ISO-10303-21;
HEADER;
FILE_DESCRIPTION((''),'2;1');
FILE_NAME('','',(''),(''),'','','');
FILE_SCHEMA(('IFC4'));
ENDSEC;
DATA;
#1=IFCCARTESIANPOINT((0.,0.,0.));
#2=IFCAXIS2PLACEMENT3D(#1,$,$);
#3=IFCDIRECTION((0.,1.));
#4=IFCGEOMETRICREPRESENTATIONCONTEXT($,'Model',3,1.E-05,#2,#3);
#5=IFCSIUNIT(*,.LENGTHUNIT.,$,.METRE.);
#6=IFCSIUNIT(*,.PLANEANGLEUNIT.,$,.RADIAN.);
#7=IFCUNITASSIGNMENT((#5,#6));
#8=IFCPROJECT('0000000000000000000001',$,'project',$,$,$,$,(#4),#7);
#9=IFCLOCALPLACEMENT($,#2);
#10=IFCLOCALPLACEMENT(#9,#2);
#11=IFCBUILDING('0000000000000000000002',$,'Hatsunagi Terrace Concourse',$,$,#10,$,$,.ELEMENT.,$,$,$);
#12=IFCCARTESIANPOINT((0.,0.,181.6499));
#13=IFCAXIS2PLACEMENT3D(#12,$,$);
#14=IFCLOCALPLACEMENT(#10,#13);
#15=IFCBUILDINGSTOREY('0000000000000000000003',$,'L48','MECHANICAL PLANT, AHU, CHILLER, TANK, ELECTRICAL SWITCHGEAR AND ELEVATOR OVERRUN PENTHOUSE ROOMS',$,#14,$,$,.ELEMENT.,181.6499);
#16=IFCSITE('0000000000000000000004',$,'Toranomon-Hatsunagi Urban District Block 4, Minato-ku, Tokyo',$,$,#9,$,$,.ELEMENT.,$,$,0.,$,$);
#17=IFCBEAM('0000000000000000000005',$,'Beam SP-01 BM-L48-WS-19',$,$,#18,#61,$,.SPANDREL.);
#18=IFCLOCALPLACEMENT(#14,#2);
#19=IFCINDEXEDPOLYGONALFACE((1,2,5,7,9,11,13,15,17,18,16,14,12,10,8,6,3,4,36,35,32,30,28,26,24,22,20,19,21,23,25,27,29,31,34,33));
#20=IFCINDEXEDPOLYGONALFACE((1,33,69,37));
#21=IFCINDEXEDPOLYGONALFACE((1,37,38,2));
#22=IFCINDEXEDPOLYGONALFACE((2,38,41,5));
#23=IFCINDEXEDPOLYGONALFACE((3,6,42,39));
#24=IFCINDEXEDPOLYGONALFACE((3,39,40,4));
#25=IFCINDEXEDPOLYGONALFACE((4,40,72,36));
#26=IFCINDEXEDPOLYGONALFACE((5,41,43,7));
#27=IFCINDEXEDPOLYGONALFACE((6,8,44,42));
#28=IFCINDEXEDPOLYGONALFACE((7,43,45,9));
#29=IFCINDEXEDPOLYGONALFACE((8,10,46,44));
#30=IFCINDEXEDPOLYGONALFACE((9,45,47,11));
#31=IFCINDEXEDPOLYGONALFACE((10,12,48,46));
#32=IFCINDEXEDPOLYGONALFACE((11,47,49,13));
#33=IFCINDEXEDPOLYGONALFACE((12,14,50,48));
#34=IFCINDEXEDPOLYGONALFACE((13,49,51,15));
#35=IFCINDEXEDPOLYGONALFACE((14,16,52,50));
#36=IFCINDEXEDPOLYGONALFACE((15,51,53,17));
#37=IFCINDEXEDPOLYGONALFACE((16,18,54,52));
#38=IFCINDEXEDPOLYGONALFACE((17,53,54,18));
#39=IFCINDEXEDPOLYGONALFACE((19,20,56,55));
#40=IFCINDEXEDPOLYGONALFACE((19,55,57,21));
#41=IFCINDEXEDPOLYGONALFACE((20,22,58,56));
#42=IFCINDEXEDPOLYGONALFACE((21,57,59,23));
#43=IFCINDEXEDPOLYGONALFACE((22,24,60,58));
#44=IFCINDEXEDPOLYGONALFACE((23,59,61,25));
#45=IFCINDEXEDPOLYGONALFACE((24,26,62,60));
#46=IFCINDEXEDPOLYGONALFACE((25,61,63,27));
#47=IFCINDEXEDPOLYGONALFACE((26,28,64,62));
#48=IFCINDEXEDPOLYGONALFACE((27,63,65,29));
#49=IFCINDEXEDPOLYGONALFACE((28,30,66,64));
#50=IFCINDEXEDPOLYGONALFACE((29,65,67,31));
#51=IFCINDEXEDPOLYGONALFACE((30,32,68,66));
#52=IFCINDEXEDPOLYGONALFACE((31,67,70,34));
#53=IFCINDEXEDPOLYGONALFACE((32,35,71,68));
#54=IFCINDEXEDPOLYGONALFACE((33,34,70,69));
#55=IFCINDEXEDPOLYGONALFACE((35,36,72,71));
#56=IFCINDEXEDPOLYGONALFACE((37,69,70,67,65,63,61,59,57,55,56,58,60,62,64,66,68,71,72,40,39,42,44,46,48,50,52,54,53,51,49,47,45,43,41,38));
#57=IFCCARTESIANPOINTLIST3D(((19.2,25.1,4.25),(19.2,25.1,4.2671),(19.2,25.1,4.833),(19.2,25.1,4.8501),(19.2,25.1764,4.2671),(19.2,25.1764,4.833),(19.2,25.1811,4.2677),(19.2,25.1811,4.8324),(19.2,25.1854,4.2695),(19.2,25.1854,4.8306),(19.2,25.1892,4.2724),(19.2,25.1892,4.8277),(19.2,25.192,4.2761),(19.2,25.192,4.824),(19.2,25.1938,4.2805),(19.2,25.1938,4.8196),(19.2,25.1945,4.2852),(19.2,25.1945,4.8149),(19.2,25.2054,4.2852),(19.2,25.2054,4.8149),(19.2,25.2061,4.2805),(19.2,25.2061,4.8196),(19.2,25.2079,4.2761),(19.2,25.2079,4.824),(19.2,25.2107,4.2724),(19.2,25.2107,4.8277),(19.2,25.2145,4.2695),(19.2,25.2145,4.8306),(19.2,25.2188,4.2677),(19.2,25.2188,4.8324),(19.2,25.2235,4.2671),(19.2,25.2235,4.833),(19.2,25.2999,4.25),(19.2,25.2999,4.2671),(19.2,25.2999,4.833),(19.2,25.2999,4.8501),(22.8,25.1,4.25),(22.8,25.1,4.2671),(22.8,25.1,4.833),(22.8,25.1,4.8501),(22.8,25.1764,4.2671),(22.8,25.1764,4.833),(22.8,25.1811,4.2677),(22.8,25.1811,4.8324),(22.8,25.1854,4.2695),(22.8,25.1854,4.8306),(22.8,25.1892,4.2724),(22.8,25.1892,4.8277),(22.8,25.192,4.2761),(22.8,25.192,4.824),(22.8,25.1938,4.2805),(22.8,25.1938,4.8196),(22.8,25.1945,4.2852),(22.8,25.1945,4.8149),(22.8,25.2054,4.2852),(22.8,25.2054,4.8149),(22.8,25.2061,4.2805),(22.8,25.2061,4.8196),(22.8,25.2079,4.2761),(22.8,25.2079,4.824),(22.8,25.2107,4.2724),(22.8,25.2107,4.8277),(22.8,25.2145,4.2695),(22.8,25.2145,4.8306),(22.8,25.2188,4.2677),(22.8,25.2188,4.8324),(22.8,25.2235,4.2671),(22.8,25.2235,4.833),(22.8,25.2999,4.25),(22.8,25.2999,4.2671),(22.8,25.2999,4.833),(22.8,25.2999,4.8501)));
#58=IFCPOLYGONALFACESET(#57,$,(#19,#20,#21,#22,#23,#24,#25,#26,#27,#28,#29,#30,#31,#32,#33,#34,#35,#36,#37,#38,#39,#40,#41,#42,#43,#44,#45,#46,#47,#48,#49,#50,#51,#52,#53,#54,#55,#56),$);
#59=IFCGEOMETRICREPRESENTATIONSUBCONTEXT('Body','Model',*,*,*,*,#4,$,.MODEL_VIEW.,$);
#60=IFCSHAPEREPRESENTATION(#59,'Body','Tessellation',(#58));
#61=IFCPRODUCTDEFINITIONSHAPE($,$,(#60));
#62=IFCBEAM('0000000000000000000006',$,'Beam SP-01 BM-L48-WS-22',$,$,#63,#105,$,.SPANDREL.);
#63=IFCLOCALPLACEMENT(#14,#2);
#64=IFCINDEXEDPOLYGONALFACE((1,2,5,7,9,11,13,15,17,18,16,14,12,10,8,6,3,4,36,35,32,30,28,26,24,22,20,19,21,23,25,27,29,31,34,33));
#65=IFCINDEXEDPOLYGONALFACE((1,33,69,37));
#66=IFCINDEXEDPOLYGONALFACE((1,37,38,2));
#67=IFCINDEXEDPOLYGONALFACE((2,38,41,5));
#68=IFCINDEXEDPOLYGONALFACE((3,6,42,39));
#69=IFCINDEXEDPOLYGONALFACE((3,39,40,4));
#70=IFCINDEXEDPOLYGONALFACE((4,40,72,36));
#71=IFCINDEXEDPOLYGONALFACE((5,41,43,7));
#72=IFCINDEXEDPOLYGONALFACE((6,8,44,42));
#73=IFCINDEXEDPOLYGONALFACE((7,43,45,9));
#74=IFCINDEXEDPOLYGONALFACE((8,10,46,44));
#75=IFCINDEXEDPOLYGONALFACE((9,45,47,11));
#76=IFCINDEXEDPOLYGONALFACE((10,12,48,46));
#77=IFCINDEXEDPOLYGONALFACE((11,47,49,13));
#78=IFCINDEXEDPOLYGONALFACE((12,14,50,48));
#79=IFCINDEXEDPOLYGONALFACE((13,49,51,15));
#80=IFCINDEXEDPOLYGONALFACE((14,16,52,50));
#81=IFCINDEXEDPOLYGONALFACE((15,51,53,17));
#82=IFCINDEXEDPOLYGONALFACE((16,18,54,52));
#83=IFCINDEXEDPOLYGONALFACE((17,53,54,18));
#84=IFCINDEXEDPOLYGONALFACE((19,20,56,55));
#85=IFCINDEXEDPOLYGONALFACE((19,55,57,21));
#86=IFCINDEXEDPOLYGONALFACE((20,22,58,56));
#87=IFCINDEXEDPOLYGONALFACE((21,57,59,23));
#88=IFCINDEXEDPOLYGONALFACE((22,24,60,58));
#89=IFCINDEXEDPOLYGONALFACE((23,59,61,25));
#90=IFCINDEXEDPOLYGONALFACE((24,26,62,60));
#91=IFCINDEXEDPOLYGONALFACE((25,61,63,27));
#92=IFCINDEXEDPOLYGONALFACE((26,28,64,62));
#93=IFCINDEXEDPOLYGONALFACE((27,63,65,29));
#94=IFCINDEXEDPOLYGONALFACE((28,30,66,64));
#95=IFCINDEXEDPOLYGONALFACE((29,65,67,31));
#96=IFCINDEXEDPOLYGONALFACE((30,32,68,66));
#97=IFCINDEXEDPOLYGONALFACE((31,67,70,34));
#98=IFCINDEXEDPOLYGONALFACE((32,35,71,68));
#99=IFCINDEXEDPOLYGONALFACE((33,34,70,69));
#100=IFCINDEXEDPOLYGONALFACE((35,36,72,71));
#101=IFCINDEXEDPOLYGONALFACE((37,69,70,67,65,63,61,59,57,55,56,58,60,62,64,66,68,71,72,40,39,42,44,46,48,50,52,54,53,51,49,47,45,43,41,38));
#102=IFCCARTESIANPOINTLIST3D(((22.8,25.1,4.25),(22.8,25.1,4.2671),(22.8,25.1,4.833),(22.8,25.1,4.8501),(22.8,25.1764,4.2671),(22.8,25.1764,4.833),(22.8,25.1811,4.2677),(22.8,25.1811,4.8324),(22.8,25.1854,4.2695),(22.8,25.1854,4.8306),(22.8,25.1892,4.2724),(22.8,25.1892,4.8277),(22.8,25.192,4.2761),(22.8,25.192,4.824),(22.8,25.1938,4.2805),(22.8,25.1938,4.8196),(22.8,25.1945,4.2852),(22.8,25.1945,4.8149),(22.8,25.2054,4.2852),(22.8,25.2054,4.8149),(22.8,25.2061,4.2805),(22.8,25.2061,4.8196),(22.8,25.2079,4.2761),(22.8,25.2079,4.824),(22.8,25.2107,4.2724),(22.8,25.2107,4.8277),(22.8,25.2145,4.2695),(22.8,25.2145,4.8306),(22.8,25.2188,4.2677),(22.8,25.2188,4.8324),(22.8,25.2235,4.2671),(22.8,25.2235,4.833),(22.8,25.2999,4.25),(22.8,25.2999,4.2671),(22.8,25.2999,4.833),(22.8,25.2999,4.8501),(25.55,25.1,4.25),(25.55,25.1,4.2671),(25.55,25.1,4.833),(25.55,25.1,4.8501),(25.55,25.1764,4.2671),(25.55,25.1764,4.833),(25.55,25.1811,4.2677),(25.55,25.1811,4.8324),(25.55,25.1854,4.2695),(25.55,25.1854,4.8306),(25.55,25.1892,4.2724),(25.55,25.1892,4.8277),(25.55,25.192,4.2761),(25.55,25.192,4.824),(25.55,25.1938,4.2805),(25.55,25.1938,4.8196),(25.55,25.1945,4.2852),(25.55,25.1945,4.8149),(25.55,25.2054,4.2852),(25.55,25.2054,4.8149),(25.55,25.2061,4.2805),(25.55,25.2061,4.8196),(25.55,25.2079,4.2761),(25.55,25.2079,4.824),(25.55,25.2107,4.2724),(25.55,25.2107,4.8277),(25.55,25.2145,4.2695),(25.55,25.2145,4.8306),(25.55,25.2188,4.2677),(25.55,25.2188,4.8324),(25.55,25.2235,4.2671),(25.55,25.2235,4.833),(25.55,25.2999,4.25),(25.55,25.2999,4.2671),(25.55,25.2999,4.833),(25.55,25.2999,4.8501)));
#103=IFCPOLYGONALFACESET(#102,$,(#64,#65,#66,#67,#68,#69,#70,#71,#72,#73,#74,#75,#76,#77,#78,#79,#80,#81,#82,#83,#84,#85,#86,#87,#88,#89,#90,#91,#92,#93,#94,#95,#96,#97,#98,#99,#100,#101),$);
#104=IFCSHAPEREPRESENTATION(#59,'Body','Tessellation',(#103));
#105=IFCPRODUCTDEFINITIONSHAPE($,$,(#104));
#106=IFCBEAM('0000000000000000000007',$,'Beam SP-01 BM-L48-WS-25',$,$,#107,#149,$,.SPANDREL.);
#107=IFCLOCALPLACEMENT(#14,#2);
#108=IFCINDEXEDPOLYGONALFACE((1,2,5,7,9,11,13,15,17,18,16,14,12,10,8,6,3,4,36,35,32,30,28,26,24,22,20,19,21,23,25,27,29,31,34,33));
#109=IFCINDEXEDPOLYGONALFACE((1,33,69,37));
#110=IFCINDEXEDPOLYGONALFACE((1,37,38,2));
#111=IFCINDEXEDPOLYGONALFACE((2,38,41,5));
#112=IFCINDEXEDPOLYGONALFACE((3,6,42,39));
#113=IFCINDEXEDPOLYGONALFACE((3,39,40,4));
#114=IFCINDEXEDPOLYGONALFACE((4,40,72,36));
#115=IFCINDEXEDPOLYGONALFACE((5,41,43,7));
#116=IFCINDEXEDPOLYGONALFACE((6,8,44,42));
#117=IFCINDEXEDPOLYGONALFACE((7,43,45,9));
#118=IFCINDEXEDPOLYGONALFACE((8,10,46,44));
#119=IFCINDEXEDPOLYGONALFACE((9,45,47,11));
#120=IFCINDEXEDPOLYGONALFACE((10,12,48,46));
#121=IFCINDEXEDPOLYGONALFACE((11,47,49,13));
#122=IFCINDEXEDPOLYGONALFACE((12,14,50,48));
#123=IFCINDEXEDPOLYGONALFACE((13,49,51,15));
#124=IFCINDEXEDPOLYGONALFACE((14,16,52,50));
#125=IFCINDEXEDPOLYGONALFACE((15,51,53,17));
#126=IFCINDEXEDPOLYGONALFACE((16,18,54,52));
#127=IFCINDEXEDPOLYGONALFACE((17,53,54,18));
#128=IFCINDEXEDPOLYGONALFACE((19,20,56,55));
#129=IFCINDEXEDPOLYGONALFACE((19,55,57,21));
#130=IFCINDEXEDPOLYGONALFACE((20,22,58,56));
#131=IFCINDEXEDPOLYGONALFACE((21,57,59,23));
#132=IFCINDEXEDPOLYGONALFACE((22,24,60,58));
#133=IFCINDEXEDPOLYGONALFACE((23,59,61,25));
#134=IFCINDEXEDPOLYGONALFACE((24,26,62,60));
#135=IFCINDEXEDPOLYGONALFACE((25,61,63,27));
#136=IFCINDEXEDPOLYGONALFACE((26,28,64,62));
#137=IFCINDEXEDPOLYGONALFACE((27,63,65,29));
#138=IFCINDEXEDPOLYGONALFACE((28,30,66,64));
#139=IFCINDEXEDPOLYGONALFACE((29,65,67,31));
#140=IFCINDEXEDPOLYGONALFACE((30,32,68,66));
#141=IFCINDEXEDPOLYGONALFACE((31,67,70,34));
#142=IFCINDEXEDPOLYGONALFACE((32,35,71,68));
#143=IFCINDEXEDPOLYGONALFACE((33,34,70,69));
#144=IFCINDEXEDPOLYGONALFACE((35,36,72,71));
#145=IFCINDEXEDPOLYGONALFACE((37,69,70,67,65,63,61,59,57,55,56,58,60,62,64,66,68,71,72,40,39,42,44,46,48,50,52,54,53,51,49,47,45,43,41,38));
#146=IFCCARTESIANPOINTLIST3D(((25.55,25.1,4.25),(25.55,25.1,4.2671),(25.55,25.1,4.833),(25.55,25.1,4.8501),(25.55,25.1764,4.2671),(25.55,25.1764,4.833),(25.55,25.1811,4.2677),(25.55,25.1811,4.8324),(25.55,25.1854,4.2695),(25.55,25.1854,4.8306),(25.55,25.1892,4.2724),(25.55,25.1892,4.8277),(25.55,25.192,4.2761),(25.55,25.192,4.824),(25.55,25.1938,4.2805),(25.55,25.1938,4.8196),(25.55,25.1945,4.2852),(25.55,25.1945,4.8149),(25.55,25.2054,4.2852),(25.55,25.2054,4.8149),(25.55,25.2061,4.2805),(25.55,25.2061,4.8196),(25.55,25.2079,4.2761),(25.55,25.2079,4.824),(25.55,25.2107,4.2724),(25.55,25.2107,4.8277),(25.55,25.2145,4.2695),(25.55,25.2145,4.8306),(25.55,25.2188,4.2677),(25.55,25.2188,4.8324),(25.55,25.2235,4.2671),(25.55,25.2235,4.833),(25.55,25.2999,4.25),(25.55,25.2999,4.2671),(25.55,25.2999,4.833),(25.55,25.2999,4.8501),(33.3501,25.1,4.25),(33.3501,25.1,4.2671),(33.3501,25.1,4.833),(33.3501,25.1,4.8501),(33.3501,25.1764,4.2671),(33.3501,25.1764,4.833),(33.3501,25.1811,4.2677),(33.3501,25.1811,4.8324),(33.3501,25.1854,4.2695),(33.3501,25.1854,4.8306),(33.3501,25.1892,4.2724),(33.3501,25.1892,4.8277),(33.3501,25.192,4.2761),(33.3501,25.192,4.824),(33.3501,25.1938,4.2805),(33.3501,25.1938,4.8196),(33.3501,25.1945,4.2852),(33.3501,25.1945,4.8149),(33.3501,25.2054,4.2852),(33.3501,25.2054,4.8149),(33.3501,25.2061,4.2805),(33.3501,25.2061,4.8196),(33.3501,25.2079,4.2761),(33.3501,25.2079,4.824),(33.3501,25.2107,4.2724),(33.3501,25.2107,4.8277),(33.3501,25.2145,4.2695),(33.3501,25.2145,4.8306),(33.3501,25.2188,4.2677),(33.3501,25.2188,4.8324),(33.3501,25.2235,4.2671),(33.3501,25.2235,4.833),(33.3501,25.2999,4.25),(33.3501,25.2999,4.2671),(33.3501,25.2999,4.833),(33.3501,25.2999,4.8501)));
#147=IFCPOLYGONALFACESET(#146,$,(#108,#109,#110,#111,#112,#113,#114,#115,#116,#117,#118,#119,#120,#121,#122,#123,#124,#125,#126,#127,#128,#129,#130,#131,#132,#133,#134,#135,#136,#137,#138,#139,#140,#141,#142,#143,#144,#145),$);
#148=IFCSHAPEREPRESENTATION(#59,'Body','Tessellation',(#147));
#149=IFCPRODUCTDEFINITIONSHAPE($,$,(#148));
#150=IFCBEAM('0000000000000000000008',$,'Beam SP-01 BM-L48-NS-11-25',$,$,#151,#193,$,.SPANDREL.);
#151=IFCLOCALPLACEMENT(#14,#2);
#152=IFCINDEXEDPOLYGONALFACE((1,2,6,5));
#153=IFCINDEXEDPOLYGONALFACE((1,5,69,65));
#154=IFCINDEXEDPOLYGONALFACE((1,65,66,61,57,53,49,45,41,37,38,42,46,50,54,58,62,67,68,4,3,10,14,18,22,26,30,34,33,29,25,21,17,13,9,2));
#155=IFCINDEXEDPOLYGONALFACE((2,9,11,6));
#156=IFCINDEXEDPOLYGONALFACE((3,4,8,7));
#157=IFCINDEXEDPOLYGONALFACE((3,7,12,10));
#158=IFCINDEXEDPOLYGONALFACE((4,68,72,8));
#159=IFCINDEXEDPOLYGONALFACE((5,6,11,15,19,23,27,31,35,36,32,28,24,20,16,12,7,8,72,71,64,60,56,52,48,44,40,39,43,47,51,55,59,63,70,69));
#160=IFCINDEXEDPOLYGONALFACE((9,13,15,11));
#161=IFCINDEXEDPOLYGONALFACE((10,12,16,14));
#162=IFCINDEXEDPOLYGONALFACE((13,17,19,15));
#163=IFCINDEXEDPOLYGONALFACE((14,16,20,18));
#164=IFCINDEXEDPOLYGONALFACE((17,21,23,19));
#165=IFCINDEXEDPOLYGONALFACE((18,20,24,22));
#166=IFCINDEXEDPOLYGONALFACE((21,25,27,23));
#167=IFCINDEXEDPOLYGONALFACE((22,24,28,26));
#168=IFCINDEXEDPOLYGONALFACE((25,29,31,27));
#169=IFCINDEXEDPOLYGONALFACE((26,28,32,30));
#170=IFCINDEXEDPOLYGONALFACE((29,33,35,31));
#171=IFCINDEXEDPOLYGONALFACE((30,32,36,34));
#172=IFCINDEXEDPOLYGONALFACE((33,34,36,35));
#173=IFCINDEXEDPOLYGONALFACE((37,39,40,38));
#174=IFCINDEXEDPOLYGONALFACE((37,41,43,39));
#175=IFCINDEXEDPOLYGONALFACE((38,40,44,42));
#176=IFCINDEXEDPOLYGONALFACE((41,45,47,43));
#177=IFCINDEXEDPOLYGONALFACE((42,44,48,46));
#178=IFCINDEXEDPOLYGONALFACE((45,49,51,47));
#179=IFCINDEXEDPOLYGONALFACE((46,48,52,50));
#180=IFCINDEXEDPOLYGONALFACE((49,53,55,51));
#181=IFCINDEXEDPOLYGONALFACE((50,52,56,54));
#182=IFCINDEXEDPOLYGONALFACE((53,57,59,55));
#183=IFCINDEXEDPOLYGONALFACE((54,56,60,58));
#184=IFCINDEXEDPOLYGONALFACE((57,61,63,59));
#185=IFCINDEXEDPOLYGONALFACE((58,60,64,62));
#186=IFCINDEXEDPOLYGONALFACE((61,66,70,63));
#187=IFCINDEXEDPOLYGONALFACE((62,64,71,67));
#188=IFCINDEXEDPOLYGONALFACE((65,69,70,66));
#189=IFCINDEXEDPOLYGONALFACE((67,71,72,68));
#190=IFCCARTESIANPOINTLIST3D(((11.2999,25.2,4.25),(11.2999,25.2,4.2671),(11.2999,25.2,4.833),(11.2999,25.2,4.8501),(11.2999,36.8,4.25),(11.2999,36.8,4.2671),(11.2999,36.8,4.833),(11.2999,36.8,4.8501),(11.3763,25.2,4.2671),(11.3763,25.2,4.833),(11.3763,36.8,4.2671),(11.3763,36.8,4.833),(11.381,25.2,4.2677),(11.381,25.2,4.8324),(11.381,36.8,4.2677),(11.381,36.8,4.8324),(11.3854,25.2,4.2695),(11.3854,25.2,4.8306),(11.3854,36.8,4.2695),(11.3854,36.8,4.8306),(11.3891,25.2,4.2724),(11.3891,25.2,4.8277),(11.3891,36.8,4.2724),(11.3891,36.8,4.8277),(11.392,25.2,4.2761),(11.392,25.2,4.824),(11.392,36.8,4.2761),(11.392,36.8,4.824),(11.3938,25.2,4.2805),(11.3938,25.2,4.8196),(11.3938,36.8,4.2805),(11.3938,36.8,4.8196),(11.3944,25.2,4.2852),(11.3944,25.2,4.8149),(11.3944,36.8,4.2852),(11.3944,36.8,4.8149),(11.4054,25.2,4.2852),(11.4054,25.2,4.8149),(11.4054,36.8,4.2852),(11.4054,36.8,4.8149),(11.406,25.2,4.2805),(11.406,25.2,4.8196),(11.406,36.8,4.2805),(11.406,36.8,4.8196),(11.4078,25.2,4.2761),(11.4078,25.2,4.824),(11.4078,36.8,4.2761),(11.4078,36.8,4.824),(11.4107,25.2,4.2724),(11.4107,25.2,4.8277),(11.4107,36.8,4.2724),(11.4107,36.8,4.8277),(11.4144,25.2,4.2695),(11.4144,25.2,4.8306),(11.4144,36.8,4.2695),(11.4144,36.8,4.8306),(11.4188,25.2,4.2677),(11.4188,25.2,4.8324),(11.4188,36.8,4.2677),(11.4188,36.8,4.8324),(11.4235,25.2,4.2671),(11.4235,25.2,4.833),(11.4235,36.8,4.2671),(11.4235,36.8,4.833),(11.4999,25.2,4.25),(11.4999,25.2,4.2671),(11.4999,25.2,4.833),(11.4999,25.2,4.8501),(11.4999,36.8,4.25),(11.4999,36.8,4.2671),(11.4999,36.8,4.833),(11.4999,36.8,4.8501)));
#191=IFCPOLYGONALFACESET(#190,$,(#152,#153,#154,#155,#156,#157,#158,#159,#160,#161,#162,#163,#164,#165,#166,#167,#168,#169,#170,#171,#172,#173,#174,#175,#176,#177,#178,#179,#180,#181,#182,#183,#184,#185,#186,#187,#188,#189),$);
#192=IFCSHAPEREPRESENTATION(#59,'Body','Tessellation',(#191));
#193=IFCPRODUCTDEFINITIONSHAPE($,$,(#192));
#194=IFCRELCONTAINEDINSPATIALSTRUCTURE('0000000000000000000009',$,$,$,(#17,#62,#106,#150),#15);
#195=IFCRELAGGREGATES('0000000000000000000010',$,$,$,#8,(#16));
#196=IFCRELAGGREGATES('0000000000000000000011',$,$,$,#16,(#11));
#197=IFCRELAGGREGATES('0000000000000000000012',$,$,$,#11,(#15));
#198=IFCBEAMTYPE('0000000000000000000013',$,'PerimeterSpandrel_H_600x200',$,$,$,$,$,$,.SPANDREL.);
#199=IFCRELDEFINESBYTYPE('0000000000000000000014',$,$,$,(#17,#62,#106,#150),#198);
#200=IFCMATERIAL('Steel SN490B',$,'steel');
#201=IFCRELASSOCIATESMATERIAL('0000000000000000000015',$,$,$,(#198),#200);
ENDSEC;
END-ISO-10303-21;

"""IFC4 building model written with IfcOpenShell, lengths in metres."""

from ifc_helpers import new_model, si_unit, direction, frame, origin, origin_2d, place, context, subcontext, project, spatial, i_section, extrude, material, material_profile, profile_set, type_object, element, save


model = new_model("IFC4")

# Units and contexts
model_context = context("Model", 3, precision=1e-05, world=origin(), true_north=direction((0.0, 1.0)))
body_context = subcontext(model_context, "Body", "Model", "MODEL_VIEW")
ifc_project = project(units=[si_unit("LENGTHUNIT", "METRE"), si_unit("PLANEANGLEUNIT", "RADIAN")], contexts=[model_context])

# Site, building, storey
site_placement = place(None, origin())
site = spatial("IfcSite", under=ifc_project, at=site_placement, Name="Toranomon-Hatsunagi Urban District Block 4, Minato-ku, Tokyo", CompositionType="ELEMENT", RefElevation=0.0)
building_placement = place(site_placement, origin())
building = spatial("IfcBuilding", under=site, at=building_placement, Name="Hatsunagi Terrace Concourse", CompositionType="ELEMENT")
storey_placement = place(building_placement, frame((0.0, 0.0, 181.6499)))
storey = spatial("IfcBuildingStorey", under=building, at=storey_placement, Name="L48", Description="MECHANICAL PLANT, AHU, CHILLER, TANK, ELECTRICAL SWITCHGEAR AND ELEVATOR OVERRUN PENTHOUSE ROOMS", CompositionType="ELEMENT", Elevation=181.6499)

# Beams
ifc_material_1 = material(Name="Steel SN490B", Category="steel")
ifc_material_profile_1 = material_profile(ifc_material_1, i_section(OverallWidth=0.2, OverallDepth=0.6001, WebThickness=0.011, FlangeThickness=0.0171, FilletRadius=0.0181, at=origin_2d()), Name="H-600x200x11x17")
ifc_profile_set_1 = profile_set([ifc_material_profile_1], Name="Steel SN490B")
beam_type_1 = type_object("IfcBeamType", Name="PerimeterSpandrel_H_600x200", PredefinedType="SPANDREL", material=ifc_profile_set_1)
beam_1_placement = place(storey_placement, frame((19.2, 25.2, 4.55), z_axis=(1.0, 0.0, 0.0), x_axis=(0.0, 1.0, 0.0)))
element("IfcBeam", 1, at=beam_1_placement, inside=storey, type_object=beam_type_1, Name="Beam SP-01 BM-L48-WS-19", PredefinedType="SPANDREL", context=body_context, shape_type="SweptSolid", body=[
    extrude(i_section(OverallWidth=0.2, OverallDepth=0.6001, WebThickness=0.011, FlangeThickness=0.0171, FilletRadius=0.0181, at=origin_2d()), origin(), (0.0, 0.0, 1.0), 3.6001),
])
beam_2_placement = place(storey_placement, frame((22.8, 25.2, 4.55), z_axis=(1.0, 0.0, 0.0), x_axis=(0.0, 1.0, 0.0)))
element("IfcBeam", 2, at=beam_2_placement, inside=storey, type_object=beam_type_1, Name="Beam SP-01 BM-L48-WS-22", PredefinedType="SPANDREL", context=body_context, shape_type="SweptSolid", body=[
    extrude(i_section(OverallWidth=0.2, OverallDepth=0.6001, WebThickness=0.011, FlangeThickness=0.0171, FilletRadius=0.0181, at=origin_2d()), origin(), (0.0, 0.0, 1.0), 2.75),
])
beam_3_placement = place(storey_placement, frame((25.55, 25.2, 4.55), z_axis=(1.0, 0.0, 0.0), x_axis=(0.0, 1.0, 0.0)))
element("IfcBeam", 3, at=beam_3_placement, inside=storey, type_object=beam_type_1, Name="Beam SP-01 BM-L48-WS-25", PredefinedType="SPANDREL", context=body_context, shape_type="SweptSolid", body=[
    extrude(i_section(OverallWidth=0.2, OverallDepth=0.6001, WebThickness=0.011, FlangeThickness=0.0171, FilletRadius=0.0181, at=origin_2d()), origin(), (0.0, 0.0, 1.0), 7.8),
])
beam_4_placement = place(storey_placement, frame((11.3999, 25.2, 4.55), z_axis=(0.0, 1.0, 0.0), x_axis=(-1.0, 0.0, 0.0)))
element("IfcBeam", 4, at=beam_4_placement, inside=storey, type_object=beam_type_1, Name="Beam SP-01 BM-L48-NS-11-25", PredefinedType="SPANDREL", context=body_context, shape_type="SweptSolid", body=[
    extrude(i_section(OverallWidth=0.2, OverallDepth=0.6001, WebThickness=0.011, FlangeThickness=0.0171, FilletRadius=0.0181, at=origin_2d()), origin(), (0.0, 0.0, 1.0), 11.6001),
])

save(model, "model.ifc")
